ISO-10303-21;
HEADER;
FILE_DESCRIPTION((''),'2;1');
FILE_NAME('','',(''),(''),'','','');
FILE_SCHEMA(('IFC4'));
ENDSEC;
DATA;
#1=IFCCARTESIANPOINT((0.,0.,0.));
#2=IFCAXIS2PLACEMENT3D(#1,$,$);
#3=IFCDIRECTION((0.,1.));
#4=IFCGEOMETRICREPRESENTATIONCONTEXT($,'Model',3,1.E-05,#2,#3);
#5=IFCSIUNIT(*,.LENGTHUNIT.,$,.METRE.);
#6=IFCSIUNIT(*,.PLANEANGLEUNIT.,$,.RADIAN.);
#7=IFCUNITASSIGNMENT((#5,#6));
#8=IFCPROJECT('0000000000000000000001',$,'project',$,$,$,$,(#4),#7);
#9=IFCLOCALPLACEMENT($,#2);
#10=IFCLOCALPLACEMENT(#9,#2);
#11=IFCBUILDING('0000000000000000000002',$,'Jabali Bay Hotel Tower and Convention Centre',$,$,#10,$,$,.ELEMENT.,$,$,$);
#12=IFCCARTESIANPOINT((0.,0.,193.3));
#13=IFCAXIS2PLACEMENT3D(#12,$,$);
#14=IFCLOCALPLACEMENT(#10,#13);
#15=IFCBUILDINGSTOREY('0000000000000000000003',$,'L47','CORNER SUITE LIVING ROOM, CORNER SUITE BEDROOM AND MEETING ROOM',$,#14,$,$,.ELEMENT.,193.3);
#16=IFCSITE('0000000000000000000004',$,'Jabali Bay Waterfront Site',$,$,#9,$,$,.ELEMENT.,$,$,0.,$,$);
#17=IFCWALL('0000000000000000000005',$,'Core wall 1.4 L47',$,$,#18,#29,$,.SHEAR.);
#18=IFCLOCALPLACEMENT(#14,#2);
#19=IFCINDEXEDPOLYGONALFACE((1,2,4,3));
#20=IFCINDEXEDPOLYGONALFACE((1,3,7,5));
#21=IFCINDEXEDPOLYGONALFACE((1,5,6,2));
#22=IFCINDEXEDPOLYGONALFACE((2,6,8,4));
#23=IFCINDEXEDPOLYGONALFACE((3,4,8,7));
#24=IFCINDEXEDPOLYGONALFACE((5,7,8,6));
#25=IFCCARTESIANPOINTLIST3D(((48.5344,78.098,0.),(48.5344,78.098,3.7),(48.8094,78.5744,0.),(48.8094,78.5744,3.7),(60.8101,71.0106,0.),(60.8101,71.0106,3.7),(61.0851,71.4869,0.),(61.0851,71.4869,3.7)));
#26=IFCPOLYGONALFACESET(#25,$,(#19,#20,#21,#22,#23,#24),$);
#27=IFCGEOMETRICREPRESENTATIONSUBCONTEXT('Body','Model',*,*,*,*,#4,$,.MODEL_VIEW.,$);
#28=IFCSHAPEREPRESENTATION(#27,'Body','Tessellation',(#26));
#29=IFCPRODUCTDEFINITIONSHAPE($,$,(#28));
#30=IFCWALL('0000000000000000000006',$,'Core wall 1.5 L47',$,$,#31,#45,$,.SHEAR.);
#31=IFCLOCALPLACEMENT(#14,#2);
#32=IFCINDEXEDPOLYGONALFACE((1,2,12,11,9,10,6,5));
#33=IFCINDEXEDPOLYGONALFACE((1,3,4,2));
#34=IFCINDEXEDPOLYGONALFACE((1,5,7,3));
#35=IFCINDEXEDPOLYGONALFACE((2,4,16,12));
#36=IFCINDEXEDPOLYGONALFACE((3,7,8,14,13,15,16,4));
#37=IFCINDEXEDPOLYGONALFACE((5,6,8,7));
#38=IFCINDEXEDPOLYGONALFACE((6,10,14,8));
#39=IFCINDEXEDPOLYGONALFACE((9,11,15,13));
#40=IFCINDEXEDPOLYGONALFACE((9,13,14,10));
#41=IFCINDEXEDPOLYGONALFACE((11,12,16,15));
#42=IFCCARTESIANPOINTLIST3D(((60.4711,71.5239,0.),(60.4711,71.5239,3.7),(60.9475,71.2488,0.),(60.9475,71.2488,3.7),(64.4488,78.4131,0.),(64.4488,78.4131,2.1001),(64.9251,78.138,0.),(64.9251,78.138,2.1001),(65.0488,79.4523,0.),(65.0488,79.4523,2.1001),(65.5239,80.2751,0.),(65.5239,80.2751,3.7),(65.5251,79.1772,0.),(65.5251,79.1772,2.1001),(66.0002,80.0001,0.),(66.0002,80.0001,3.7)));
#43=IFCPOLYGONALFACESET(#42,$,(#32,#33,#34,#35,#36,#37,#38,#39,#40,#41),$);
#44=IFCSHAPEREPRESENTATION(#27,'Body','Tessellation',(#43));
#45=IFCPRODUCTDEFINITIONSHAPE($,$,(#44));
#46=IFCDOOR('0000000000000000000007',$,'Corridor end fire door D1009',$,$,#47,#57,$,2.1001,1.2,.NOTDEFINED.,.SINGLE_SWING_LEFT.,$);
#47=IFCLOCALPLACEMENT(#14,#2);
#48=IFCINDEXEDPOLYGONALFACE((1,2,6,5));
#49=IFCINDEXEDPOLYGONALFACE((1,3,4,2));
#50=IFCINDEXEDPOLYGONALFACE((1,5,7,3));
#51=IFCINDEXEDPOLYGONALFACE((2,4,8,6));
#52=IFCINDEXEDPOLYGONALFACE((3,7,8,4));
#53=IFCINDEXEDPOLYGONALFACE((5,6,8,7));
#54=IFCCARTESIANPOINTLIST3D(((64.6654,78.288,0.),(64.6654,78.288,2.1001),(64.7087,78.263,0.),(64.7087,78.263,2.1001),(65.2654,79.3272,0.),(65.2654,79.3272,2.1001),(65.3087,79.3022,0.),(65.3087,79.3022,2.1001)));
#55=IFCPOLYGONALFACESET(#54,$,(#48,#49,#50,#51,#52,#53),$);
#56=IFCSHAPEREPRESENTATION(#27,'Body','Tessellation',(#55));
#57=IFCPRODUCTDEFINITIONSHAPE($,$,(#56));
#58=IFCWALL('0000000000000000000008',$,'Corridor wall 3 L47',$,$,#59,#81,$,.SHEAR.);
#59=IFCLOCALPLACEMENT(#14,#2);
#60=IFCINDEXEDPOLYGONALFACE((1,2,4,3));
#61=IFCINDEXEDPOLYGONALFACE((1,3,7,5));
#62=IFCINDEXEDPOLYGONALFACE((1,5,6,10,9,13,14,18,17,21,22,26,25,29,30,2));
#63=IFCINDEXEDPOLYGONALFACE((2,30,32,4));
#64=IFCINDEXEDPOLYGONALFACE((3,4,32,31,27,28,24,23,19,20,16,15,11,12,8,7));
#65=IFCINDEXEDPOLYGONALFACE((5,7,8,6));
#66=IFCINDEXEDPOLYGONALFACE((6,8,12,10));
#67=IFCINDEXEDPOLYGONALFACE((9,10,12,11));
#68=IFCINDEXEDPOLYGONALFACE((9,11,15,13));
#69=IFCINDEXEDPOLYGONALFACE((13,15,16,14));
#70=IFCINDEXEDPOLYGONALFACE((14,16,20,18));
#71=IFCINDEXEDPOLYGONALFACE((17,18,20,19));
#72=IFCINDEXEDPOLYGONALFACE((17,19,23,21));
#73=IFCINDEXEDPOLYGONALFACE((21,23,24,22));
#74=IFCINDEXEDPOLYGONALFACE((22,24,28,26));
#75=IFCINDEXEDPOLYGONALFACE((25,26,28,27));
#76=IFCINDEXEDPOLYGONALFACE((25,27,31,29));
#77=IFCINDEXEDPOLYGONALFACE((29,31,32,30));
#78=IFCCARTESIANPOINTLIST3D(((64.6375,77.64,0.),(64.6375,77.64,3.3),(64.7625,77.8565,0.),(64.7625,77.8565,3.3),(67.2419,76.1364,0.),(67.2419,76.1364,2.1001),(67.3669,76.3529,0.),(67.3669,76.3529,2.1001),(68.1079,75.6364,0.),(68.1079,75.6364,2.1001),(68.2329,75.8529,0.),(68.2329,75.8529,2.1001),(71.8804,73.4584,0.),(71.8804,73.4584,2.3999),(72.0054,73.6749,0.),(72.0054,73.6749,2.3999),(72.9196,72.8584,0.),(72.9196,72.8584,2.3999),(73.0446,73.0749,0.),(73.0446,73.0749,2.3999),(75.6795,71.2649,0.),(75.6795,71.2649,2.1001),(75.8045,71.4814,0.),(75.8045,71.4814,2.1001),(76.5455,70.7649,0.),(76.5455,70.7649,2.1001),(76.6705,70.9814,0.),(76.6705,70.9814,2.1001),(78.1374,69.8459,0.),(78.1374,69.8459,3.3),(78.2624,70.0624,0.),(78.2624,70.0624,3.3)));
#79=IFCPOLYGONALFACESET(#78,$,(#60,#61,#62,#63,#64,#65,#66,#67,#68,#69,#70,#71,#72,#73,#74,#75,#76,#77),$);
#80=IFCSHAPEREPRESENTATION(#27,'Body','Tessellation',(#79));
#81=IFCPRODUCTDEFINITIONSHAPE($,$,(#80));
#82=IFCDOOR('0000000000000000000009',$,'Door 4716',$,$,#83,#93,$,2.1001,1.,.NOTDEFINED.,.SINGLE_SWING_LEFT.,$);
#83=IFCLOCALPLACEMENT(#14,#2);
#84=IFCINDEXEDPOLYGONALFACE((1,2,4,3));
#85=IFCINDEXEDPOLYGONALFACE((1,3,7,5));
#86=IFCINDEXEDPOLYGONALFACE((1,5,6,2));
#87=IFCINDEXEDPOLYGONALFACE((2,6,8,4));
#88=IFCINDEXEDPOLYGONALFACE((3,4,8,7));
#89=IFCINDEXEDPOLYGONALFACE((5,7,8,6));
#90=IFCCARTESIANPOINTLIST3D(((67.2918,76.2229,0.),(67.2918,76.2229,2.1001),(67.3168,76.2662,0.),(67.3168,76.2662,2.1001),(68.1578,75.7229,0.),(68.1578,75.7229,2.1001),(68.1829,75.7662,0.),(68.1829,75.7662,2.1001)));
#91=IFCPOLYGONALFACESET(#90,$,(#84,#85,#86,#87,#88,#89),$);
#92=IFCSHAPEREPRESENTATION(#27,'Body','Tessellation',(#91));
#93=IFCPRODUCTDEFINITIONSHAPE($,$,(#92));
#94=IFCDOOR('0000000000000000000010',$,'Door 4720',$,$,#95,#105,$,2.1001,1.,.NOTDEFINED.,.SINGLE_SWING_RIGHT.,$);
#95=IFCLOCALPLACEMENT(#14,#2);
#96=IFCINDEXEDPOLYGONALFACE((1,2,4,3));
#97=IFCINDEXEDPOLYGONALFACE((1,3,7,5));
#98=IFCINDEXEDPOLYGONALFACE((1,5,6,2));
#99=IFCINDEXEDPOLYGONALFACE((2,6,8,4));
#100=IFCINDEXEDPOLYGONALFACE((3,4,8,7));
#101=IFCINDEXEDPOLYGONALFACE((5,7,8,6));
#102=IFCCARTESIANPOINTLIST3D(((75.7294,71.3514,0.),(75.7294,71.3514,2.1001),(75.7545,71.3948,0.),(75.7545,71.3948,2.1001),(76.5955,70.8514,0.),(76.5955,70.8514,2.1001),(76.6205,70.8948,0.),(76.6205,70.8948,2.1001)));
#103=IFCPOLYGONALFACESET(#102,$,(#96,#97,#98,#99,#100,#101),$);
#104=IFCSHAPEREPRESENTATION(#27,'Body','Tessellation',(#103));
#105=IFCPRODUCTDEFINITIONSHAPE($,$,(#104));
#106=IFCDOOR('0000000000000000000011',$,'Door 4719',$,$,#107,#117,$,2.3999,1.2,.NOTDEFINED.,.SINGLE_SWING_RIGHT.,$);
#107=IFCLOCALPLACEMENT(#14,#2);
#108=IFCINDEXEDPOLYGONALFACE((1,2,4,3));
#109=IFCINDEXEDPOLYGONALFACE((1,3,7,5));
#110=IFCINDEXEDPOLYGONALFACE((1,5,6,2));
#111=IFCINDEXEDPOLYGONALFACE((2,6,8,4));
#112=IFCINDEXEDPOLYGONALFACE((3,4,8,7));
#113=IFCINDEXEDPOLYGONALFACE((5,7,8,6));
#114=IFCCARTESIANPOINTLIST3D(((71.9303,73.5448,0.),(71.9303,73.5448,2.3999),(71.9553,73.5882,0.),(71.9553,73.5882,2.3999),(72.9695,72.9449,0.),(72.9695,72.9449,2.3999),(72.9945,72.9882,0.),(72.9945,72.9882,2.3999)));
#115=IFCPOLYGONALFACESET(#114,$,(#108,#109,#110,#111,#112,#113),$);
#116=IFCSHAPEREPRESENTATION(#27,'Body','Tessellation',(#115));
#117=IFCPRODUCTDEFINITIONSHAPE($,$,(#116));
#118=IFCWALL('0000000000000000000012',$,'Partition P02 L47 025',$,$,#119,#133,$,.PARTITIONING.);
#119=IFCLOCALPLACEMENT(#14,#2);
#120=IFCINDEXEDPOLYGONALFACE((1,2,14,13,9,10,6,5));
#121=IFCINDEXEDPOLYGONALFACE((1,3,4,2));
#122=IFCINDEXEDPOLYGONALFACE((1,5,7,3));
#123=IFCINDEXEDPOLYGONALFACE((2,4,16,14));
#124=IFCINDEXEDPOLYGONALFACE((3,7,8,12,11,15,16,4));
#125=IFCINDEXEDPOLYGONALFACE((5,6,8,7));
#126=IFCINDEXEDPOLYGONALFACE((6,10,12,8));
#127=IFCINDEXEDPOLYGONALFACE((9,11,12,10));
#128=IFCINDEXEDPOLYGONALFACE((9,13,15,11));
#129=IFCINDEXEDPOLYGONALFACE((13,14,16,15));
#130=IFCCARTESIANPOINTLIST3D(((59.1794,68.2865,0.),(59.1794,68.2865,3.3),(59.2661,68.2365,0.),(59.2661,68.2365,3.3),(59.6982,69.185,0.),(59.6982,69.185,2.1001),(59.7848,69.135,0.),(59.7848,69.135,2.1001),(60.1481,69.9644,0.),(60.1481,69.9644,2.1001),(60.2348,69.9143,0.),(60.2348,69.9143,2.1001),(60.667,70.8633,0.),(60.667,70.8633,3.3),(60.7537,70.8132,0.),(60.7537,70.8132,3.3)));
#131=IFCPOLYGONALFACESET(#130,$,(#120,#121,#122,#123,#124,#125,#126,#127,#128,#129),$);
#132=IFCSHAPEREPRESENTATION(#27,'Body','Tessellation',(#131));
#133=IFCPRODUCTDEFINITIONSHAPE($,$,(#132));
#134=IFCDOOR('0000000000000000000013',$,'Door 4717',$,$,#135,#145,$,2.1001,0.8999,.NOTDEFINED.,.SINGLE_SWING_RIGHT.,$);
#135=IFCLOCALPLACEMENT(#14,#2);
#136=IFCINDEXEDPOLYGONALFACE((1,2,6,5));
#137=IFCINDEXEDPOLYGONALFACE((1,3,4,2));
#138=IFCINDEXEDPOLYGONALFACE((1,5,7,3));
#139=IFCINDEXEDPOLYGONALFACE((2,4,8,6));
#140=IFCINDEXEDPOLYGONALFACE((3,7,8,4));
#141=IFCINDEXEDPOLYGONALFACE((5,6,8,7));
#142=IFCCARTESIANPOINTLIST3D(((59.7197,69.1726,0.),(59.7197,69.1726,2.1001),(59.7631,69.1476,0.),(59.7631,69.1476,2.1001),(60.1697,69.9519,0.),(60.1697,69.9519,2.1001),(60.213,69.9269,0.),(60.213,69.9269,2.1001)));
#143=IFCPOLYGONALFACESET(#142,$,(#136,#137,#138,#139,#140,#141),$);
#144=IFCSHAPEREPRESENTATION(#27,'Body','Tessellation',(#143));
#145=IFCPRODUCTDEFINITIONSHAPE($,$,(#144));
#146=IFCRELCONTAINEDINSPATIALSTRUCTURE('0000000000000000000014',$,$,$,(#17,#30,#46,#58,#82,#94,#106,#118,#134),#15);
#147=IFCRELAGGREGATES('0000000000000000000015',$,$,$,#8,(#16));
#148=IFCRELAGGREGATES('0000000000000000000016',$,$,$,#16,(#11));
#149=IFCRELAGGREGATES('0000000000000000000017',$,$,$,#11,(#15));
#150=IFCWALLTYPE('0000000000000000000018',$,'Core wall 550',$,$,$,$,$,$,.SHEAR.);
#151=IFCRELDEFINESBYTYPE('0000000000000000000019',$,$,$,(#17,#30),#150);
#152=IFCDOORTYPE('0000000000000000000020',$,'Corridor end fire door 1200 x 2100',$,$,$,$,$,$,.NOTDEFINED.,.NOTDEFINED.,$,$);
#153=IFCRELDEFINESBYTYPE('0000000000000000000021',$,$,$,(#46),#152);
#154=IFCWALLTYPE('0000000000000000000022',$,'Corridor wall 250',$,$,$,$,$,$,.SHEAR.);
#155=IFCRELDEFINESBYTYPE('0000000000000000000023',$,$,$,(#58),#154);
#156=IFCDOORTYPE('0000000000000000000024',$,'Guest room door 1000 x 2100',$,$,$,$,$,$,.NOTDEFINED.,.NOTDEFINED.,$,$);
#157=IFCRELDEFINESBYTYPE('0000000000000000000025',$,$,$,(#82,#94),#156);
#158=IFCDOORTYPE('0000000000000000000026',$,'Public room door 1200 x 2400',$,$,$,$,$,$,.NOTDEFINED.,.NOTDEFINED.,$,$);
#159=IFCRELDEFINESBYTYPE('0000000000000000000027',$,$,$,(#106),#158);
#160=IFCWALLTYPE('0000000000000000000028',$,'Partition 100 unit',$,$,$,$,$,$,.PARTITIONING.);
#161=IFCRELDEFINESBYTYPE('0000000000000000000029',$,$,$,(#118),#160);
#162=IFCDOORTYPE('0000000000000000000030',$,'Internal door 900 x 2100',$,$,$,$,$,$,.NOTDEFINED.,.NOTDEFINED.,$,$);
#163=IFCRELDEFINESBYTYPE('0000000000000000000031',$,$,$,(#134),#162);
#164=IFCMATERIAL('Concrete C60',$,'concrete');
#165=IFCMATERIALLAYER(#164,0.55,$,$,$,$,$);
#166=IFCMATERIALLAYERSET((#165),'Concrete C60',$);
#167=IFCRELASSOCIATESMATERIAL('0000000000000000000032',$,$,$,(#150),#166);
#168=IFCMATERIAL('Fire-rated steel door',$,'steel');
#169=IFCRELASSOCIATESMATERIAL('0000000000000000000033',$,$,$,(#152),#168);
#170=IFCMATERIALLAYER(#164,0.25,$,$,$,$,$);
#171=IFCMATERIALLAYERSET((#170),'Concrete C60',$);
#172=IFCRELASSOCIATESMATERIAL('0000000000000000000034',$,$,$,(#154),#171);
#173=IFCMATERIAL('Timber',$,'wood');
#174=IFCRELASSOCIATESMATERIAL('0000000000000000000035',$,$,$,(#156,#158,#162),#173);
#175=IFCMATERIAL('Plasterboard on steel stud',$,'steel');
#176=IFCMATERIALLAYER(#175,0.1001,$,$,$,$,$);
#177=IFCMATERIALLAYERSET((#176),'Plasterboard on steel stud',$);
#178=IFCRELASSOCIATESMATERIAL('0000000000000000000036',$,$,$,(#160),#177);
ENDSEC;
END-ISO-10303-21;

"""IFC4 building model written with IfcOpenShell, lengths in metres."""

from ifc_helpers import new_model, si_unit, direction, frame, frame_2d, origin, place, context, subcontext, project, spatial, rectangle, extrude, material, layer, layer_set, type_object, element, fill, save


model = new_model("IFC4")

# Units and contexts
model_context = context("Model", 3, precision=1e-05, world=origin(), true_north=direction((0.0, 1.0)))
body_context = subcontext(model_context, "Body", "Model", "MODEL_VIEW")
ifc_project = project(units=[si_unit("LENGTHUNIT", "METRE"), si_unit("PLANEANGLEUNIT", "RADIAN")], contexts=[model_context])

# Site, building, storey
site_placement = place(None, origin())
site = spatial("IfcSite", under=ifc_project, at=site_placement, Name="Jabali Bay Waterfront Site", CompositionType="ELEMENT", RefElevation=0.0)
building_placement = place(site_placement, origin())
building = spatial("IfcBuilding", under=site, at=building_placement, Name="Jabali Bay Hotel Tower and Convention Centre", CompositionType="ELEMENT")
storey_placement = place(building_placement, frame((0.0, 0.0, 193.3)))
storey = spatial("IfcBuildingStorey", under=building, at=storey_placement, Name="L47", Description="CORNER SUITE LIVING ROOM, CORNER SUITE BEDROOM AND MEETING ROOM", CompositionType="ELEMENT", Elevation=193.3)

# Shared definitions
ifc_material_1 = material(Name="Concrete C60", Category="concrete")

# Shared definitions
ifc_material_2 = material(Name="Fire-rated steel door", Category="steel")

# Wall
ifc_layer_1 = layer(ifc_material_1, 0.55)
ifc_layer_set_1 = layer_set([ifc_layer_1], Name="Concrete C60")
wall_type_1 = type_object("IfcWallType", Name="Core wall 550", PredefinedType="SHEAR", material=ifc_layer_set_1)
wall_1_placement = place(storey_placement, frame((48.6719, 78.3362, 0.0), z_axis=(0.0, 0.0, 1.0), x_axis=(0.866024, -0.500003, 0.0)))
element("IfcWall", 1, at=wall_1_placement, inside=storey, type_object=wall_type_1, Name="Core wall 1.4 L47", PredefinedType="SHEAR", context=body_context, shape_type="SweptSolid", body=[
    extrude(rectangle(XDim=14.1748, YDim=0.55, at=frame_2d((7.0874, 0.0))), origin(), (0.0, 0.0, 1.0), 3.7),
])

# Wall, opening, door
wall_2_placement = place(storey_placement, frame((60.7092, 71.3862, 0.0), z_axis=(0.0, 0.0, 1.0), x_axis=(0.500016, 0.866016, 0.0)))
wall_2 = element("IfcWall", 2, at=wall_2_placement, inside=storey, type_object=wall_type_1, Name="Core wall 1.5 L47", PredefinedType="SHEAR", context=body_context, shape_type="SweptSolid", body=[
    extrude(rectangle(XDim=10.1052, YDim=0.55, at=frame_2d((5.0527, 0.0))), origin(), (0.0, 0.0, 1.0), 3.7),
])
opening_1_placement = place(wall_2_placement, frame((7.9551, 0.0, 0.0)))
opening_1 = element("IfcOpeningElement", 3, at=opening_1_placement, cuts=wall_2, PredefinedType="OPENING", context=body_context, shape_type="SweptSolid", body=[
    extrude(rectangle(XDim=1.2, YDim=2.1001, at=frame_2d((0.6001, 1.05))), frame((0.0, 0.2856, 0.0), z_axis=(0.0, -1.0, 0.0), x_axis=(1.0, 0.0, 0.0)), (0.0, 0.0, 1.0), 0.571),
])
door_type_1 = type_object("IfcDoorType", Name="Corridor end fire door 1200 x 2100", OperationType="NOTDEFINED", PredefinedType="NOTDEFINED", material=ifc_material_2)
door_1_placement = place(opening_1_placement, origin())
door_1 = element("IfcDoor", 4, at=door_1_placement, inside=storey, type_object=door_type_1, Name="Corridor end fire door D1009", OperationType="SINGLE_SWING_LEFT", OverallHeight=2.1001, OverallWidth=1.2, PredefinedType="NOTDEFINED", context=body_context, shape_type="SweptSolid", body=[
    extrude(rectangle(XDim=1.2, YDim=2.1001, at=frame_2d((0.6001, 1.05))), frame((0.0, 0.0249, 0.0), z_axis=(0.0, -1.0, 0.0), x_axis=(1.0, 0.0, 0.0)), (0.0, 0.0, 1.0), 0.05),
])
fill(opening_1, door_1)

# Wall, openings, doors
ifc_layer_2 = layer(ifc_material_1, 0.25)
ifc_layer_set_2 = layer_set([ifc_layer_2], Name="Concrete C60")
wall_type_2 = type_object("IfcWallType", Name="Corridor wall 250", PredefinedType="SHEAR", material=ifc_layer_set_2)
wall_3_placement = place(storey_placement, frame((64.7, 77.7483, 0.0), z_axis=(0.0, 0.0, 1.0), x_axis=(0.866026, -0.499998, 0.0)))
wall_3 = element("IfcWall", 5, at=wall_3_placement, inside=storey, type_object=wall_type_2, Name="Corridor wall 3 L47", PredefinedType="SHEAR", context=body_context, shape_type="SweptSolid", body=[
    extrude(rectangle(XDim=15.5884, YDim=0.25, at=frame_2d((7.7942, 0.0))), origin(), (0.0, 0.0, 1.0), 3.3),
])
opening_2_placement = place(wall_3_placement, frame((3.0073, 0.0, 0.0)))
opening_2 = element("IfcOpeningElement", 6, at=opening_2_placement, cuts=wall_3, PredefinedType="OPENING", context=body_context, shape_type="SweptSolid", body=[
    extrude(rectangle(XDim=1.0, YDim=2.1001, at=frame_2d((0.5, 1.05))), frame((0.0, 0.1355, 0.0), z_axis=(0.0, -1.0, 0.0), x_axis=(1.0, 0.0, 0.0)), (0.0, 0.0, 1.0), 0.271),
])
opening_3_placement = place(wall_3_placement, frame((8.3633, 0.0, 0.0)))
opening_3 = element("IfcOpeningElement", 7, at=opening_3_placement, cuts=wall_3, PredefinedType="OPENING", context=body_context, shape_type="SweptSolid", body=[
    extrude(rectangle(XDim=1.2, YDim=2.3999, at=frame_2d((0.6001, 1.2))), frame((0.0, 0.1355, 0.0), z_axis=(0.0, -1.0, 0.0), x_axis=(1.0, 0.0, 0.0)), (0.0, 0.0, 1.0), 0.271),
])
opening_4_placement = place(wall_3_placement, frame((12.7502, 0.0, 0.0)))
opening_4 = element("IfcOpeningElement", 8, at=opening_4_placement, cuts=wall_3, PredefinedType="OPENING", context=body_context, shape_type="SweptSolid", body=[
    extrude(rectangle(XDim=1.0, YDim=2.1001, at=frame_2d((0.5, 1.05))), frame((0.0, 0.1355, 0.0), z_axis=(0.0, -1.0, 0.0), x_axis=(1.0, 0.0, 0.0)), (0.0, 0.0, 1.0), 0.271),
])
ifc_material_3 = material(Name="Timber", Category="wood")
door_type_2 = type_object("IfcDoorType", Name="Guest room door 1000 x 2100", OperationType="NOTDEFINED", PredefinedType="NOTDEFINED", material=ifc_material_3)
door_2_placement = place(opening_2_placement, origin())
door_2 = element("IfcDoor", 9, at=door_2_placement, inside=storey, type_object=door_type_2, Name="Door 4716", OperationType="SINGLE_SWING_LEFT", OverallHeight=2.1001, OverallWidth=1.0, PredefinedType="NOTDEFINED", context=body_context, shape_type="SweptSolid", body=[
    extrude(rectangle(XDim=1.0, YDim=2.1001, at=frame_2d((0.5, 1.05))), frame((0.0, 0.0249, 0.0), z_axis=(0.0, -1.0, 0.0), x_axis=(1.0, 0.0, 0.0)), (0.0, 0.0, 1.0), 0.05),
])
fill(opening_2, door_2)
door_3_placement = place(opening_4_placement, origin())
door_3 = element("IfcDoor", 10, at=door_3_placement, inside=storey, type_object=door_type_2, Name="Door 4720", OperationType="SINGLE_SWING_RIGHT", OverallHeight=2.1001, OverallWidth=1.0, PredefinedType="NOTDEFINED", context=body_context, shape_type="SweptSolid", body=[
    extrude(rectangle(XDim=1.0, YDim=2.1001, at=frame_2d((0.5, 1.05))), frame((0.0, 0.0249, 0.0), z_axis=(0.0, -1.0, 0.0), x_axis=(1.0, 0.0, 0.0)), (0.0, 0.0, 1.0), 0.05),
])
fill(opening_4, door_3)
door_type_3 = type_object("IfcDoorType", Name="Public room door 1200 x 2400", OperationType="NOTDEFINED", PredefinedType="NOTDEFINED", material=ifc_material_3)
door_4_placement = place(opening_3_placement, origin())
door_4 = element("IfcDoor", 11, at=door_4_placement, inside=storey, type_object=door_type_3, Name="Door 4719", OperationType="SINGLE_SWING_RIGHT", OverallHeight=2.3999, OverallWidth=1.2, PredefinedType="NOTDEFINED", context=body_context, shape_type="SweptSolid", body=[
    extrude(rectangle(XDim=1.2, YDim=2.3999, at=frame_2d((0.6001, 1.2))), frame((0.0, 0.0249, 0.0), z_axis=(0.0, -1.0, 0.0), x_axis=(1.0, 0.0, 0.0)), (0.0, 0.0, 1.0), 0.05),
])
fill(opening_3, door_4)

# Wall, opening, door
ifc_material_4 = material(Name="Plasterboard on steel stud", Category="steel")
ifc_layer_3 = layer(ifc_material_4, 0.1001)
ifc_layer_set_3 = layer_set([ifc_layer_3], Name="Plasterboard on steel stud")
wall_type_3 = type_object("IfcWallType", Name="Partition 100 unit", PredefinedType="PARTITIONING", material=ifc_layer_set_3)
wall_4_placement = place(storey_placement, frame((60.7104, 70.8384, 0.0), z_axis=(0.0, 0.0, 1.0), x_axis=(-0.499978, -0.866038, 0.0)))
wall_4 = element("IfcWall", 12, at=wall_4_placement, inside=storey, type_object=wall_type_3, Name="Partition P02 L47 025", PredefinedType="PARTITIONING", context=body_context, shape_type="SweptSolid", body=[
    extrude(rectangle(XDim=2.9753, YDim=0.1001, at=frame_2d((1.4878, 0.0))), origin(), (0.0, 0.0, 1.0), 3.3),
])
opening_5_placement = place(wall_4_placement, frame((1.0381, 0.0, 0.0)))
opening_5 = element("IfcOpeningElement", 13, at=opening_5_placement, cuts=wall_4, PredefinedType="OPENING", context=body_context, shape_type="SweptSolid", body=[
    extrude(rectangle(XDim=0.8999, YDim=2.1001, at=frame_2d((0.45, 1.05))), frame((0.0, 0.0605, 0.0), z_axis=(0.0, -1.0, 0.0), x_axis=(1.0, 0.0, 0.0)), (0.0, 0.0, 1.0), 0.1211),
])
door_type_4 = type_object("IfcDoorType", Name="Internal door 900 x 2100", OperationType="NOTDEFINED", PredefinedType="NOTDEFINED", material=ifc_material_3)
door_5_placement = place(opening_5_placement, origin())
door_5 = element("IfcDoor", 14, at=door_5_placement, inside=storey, type_object=door_type_4, Name="Door 4717", OperationType="SINGLE_SWING_RIGHT", OverallHeight=2.1001, OverallWidth=0.8999, PredefinedType="NOTDEFINED", context=body_context, shape_type="SweptSolid", body=[
    extrude(rectangle(XDim=0.8999, YDim=2.1001, at=frame_2d((0.45, 1.05))), frame((0.0, 0.0249, 0.0), z_axis=(0.0, -1.0, 0.0), x_axis=(1.0, 0.0, 0.0)), (0.0, 0.0, 1.0), 0.05),
])
fill(opening_5, door_5)

save(model, "model.ifc")
